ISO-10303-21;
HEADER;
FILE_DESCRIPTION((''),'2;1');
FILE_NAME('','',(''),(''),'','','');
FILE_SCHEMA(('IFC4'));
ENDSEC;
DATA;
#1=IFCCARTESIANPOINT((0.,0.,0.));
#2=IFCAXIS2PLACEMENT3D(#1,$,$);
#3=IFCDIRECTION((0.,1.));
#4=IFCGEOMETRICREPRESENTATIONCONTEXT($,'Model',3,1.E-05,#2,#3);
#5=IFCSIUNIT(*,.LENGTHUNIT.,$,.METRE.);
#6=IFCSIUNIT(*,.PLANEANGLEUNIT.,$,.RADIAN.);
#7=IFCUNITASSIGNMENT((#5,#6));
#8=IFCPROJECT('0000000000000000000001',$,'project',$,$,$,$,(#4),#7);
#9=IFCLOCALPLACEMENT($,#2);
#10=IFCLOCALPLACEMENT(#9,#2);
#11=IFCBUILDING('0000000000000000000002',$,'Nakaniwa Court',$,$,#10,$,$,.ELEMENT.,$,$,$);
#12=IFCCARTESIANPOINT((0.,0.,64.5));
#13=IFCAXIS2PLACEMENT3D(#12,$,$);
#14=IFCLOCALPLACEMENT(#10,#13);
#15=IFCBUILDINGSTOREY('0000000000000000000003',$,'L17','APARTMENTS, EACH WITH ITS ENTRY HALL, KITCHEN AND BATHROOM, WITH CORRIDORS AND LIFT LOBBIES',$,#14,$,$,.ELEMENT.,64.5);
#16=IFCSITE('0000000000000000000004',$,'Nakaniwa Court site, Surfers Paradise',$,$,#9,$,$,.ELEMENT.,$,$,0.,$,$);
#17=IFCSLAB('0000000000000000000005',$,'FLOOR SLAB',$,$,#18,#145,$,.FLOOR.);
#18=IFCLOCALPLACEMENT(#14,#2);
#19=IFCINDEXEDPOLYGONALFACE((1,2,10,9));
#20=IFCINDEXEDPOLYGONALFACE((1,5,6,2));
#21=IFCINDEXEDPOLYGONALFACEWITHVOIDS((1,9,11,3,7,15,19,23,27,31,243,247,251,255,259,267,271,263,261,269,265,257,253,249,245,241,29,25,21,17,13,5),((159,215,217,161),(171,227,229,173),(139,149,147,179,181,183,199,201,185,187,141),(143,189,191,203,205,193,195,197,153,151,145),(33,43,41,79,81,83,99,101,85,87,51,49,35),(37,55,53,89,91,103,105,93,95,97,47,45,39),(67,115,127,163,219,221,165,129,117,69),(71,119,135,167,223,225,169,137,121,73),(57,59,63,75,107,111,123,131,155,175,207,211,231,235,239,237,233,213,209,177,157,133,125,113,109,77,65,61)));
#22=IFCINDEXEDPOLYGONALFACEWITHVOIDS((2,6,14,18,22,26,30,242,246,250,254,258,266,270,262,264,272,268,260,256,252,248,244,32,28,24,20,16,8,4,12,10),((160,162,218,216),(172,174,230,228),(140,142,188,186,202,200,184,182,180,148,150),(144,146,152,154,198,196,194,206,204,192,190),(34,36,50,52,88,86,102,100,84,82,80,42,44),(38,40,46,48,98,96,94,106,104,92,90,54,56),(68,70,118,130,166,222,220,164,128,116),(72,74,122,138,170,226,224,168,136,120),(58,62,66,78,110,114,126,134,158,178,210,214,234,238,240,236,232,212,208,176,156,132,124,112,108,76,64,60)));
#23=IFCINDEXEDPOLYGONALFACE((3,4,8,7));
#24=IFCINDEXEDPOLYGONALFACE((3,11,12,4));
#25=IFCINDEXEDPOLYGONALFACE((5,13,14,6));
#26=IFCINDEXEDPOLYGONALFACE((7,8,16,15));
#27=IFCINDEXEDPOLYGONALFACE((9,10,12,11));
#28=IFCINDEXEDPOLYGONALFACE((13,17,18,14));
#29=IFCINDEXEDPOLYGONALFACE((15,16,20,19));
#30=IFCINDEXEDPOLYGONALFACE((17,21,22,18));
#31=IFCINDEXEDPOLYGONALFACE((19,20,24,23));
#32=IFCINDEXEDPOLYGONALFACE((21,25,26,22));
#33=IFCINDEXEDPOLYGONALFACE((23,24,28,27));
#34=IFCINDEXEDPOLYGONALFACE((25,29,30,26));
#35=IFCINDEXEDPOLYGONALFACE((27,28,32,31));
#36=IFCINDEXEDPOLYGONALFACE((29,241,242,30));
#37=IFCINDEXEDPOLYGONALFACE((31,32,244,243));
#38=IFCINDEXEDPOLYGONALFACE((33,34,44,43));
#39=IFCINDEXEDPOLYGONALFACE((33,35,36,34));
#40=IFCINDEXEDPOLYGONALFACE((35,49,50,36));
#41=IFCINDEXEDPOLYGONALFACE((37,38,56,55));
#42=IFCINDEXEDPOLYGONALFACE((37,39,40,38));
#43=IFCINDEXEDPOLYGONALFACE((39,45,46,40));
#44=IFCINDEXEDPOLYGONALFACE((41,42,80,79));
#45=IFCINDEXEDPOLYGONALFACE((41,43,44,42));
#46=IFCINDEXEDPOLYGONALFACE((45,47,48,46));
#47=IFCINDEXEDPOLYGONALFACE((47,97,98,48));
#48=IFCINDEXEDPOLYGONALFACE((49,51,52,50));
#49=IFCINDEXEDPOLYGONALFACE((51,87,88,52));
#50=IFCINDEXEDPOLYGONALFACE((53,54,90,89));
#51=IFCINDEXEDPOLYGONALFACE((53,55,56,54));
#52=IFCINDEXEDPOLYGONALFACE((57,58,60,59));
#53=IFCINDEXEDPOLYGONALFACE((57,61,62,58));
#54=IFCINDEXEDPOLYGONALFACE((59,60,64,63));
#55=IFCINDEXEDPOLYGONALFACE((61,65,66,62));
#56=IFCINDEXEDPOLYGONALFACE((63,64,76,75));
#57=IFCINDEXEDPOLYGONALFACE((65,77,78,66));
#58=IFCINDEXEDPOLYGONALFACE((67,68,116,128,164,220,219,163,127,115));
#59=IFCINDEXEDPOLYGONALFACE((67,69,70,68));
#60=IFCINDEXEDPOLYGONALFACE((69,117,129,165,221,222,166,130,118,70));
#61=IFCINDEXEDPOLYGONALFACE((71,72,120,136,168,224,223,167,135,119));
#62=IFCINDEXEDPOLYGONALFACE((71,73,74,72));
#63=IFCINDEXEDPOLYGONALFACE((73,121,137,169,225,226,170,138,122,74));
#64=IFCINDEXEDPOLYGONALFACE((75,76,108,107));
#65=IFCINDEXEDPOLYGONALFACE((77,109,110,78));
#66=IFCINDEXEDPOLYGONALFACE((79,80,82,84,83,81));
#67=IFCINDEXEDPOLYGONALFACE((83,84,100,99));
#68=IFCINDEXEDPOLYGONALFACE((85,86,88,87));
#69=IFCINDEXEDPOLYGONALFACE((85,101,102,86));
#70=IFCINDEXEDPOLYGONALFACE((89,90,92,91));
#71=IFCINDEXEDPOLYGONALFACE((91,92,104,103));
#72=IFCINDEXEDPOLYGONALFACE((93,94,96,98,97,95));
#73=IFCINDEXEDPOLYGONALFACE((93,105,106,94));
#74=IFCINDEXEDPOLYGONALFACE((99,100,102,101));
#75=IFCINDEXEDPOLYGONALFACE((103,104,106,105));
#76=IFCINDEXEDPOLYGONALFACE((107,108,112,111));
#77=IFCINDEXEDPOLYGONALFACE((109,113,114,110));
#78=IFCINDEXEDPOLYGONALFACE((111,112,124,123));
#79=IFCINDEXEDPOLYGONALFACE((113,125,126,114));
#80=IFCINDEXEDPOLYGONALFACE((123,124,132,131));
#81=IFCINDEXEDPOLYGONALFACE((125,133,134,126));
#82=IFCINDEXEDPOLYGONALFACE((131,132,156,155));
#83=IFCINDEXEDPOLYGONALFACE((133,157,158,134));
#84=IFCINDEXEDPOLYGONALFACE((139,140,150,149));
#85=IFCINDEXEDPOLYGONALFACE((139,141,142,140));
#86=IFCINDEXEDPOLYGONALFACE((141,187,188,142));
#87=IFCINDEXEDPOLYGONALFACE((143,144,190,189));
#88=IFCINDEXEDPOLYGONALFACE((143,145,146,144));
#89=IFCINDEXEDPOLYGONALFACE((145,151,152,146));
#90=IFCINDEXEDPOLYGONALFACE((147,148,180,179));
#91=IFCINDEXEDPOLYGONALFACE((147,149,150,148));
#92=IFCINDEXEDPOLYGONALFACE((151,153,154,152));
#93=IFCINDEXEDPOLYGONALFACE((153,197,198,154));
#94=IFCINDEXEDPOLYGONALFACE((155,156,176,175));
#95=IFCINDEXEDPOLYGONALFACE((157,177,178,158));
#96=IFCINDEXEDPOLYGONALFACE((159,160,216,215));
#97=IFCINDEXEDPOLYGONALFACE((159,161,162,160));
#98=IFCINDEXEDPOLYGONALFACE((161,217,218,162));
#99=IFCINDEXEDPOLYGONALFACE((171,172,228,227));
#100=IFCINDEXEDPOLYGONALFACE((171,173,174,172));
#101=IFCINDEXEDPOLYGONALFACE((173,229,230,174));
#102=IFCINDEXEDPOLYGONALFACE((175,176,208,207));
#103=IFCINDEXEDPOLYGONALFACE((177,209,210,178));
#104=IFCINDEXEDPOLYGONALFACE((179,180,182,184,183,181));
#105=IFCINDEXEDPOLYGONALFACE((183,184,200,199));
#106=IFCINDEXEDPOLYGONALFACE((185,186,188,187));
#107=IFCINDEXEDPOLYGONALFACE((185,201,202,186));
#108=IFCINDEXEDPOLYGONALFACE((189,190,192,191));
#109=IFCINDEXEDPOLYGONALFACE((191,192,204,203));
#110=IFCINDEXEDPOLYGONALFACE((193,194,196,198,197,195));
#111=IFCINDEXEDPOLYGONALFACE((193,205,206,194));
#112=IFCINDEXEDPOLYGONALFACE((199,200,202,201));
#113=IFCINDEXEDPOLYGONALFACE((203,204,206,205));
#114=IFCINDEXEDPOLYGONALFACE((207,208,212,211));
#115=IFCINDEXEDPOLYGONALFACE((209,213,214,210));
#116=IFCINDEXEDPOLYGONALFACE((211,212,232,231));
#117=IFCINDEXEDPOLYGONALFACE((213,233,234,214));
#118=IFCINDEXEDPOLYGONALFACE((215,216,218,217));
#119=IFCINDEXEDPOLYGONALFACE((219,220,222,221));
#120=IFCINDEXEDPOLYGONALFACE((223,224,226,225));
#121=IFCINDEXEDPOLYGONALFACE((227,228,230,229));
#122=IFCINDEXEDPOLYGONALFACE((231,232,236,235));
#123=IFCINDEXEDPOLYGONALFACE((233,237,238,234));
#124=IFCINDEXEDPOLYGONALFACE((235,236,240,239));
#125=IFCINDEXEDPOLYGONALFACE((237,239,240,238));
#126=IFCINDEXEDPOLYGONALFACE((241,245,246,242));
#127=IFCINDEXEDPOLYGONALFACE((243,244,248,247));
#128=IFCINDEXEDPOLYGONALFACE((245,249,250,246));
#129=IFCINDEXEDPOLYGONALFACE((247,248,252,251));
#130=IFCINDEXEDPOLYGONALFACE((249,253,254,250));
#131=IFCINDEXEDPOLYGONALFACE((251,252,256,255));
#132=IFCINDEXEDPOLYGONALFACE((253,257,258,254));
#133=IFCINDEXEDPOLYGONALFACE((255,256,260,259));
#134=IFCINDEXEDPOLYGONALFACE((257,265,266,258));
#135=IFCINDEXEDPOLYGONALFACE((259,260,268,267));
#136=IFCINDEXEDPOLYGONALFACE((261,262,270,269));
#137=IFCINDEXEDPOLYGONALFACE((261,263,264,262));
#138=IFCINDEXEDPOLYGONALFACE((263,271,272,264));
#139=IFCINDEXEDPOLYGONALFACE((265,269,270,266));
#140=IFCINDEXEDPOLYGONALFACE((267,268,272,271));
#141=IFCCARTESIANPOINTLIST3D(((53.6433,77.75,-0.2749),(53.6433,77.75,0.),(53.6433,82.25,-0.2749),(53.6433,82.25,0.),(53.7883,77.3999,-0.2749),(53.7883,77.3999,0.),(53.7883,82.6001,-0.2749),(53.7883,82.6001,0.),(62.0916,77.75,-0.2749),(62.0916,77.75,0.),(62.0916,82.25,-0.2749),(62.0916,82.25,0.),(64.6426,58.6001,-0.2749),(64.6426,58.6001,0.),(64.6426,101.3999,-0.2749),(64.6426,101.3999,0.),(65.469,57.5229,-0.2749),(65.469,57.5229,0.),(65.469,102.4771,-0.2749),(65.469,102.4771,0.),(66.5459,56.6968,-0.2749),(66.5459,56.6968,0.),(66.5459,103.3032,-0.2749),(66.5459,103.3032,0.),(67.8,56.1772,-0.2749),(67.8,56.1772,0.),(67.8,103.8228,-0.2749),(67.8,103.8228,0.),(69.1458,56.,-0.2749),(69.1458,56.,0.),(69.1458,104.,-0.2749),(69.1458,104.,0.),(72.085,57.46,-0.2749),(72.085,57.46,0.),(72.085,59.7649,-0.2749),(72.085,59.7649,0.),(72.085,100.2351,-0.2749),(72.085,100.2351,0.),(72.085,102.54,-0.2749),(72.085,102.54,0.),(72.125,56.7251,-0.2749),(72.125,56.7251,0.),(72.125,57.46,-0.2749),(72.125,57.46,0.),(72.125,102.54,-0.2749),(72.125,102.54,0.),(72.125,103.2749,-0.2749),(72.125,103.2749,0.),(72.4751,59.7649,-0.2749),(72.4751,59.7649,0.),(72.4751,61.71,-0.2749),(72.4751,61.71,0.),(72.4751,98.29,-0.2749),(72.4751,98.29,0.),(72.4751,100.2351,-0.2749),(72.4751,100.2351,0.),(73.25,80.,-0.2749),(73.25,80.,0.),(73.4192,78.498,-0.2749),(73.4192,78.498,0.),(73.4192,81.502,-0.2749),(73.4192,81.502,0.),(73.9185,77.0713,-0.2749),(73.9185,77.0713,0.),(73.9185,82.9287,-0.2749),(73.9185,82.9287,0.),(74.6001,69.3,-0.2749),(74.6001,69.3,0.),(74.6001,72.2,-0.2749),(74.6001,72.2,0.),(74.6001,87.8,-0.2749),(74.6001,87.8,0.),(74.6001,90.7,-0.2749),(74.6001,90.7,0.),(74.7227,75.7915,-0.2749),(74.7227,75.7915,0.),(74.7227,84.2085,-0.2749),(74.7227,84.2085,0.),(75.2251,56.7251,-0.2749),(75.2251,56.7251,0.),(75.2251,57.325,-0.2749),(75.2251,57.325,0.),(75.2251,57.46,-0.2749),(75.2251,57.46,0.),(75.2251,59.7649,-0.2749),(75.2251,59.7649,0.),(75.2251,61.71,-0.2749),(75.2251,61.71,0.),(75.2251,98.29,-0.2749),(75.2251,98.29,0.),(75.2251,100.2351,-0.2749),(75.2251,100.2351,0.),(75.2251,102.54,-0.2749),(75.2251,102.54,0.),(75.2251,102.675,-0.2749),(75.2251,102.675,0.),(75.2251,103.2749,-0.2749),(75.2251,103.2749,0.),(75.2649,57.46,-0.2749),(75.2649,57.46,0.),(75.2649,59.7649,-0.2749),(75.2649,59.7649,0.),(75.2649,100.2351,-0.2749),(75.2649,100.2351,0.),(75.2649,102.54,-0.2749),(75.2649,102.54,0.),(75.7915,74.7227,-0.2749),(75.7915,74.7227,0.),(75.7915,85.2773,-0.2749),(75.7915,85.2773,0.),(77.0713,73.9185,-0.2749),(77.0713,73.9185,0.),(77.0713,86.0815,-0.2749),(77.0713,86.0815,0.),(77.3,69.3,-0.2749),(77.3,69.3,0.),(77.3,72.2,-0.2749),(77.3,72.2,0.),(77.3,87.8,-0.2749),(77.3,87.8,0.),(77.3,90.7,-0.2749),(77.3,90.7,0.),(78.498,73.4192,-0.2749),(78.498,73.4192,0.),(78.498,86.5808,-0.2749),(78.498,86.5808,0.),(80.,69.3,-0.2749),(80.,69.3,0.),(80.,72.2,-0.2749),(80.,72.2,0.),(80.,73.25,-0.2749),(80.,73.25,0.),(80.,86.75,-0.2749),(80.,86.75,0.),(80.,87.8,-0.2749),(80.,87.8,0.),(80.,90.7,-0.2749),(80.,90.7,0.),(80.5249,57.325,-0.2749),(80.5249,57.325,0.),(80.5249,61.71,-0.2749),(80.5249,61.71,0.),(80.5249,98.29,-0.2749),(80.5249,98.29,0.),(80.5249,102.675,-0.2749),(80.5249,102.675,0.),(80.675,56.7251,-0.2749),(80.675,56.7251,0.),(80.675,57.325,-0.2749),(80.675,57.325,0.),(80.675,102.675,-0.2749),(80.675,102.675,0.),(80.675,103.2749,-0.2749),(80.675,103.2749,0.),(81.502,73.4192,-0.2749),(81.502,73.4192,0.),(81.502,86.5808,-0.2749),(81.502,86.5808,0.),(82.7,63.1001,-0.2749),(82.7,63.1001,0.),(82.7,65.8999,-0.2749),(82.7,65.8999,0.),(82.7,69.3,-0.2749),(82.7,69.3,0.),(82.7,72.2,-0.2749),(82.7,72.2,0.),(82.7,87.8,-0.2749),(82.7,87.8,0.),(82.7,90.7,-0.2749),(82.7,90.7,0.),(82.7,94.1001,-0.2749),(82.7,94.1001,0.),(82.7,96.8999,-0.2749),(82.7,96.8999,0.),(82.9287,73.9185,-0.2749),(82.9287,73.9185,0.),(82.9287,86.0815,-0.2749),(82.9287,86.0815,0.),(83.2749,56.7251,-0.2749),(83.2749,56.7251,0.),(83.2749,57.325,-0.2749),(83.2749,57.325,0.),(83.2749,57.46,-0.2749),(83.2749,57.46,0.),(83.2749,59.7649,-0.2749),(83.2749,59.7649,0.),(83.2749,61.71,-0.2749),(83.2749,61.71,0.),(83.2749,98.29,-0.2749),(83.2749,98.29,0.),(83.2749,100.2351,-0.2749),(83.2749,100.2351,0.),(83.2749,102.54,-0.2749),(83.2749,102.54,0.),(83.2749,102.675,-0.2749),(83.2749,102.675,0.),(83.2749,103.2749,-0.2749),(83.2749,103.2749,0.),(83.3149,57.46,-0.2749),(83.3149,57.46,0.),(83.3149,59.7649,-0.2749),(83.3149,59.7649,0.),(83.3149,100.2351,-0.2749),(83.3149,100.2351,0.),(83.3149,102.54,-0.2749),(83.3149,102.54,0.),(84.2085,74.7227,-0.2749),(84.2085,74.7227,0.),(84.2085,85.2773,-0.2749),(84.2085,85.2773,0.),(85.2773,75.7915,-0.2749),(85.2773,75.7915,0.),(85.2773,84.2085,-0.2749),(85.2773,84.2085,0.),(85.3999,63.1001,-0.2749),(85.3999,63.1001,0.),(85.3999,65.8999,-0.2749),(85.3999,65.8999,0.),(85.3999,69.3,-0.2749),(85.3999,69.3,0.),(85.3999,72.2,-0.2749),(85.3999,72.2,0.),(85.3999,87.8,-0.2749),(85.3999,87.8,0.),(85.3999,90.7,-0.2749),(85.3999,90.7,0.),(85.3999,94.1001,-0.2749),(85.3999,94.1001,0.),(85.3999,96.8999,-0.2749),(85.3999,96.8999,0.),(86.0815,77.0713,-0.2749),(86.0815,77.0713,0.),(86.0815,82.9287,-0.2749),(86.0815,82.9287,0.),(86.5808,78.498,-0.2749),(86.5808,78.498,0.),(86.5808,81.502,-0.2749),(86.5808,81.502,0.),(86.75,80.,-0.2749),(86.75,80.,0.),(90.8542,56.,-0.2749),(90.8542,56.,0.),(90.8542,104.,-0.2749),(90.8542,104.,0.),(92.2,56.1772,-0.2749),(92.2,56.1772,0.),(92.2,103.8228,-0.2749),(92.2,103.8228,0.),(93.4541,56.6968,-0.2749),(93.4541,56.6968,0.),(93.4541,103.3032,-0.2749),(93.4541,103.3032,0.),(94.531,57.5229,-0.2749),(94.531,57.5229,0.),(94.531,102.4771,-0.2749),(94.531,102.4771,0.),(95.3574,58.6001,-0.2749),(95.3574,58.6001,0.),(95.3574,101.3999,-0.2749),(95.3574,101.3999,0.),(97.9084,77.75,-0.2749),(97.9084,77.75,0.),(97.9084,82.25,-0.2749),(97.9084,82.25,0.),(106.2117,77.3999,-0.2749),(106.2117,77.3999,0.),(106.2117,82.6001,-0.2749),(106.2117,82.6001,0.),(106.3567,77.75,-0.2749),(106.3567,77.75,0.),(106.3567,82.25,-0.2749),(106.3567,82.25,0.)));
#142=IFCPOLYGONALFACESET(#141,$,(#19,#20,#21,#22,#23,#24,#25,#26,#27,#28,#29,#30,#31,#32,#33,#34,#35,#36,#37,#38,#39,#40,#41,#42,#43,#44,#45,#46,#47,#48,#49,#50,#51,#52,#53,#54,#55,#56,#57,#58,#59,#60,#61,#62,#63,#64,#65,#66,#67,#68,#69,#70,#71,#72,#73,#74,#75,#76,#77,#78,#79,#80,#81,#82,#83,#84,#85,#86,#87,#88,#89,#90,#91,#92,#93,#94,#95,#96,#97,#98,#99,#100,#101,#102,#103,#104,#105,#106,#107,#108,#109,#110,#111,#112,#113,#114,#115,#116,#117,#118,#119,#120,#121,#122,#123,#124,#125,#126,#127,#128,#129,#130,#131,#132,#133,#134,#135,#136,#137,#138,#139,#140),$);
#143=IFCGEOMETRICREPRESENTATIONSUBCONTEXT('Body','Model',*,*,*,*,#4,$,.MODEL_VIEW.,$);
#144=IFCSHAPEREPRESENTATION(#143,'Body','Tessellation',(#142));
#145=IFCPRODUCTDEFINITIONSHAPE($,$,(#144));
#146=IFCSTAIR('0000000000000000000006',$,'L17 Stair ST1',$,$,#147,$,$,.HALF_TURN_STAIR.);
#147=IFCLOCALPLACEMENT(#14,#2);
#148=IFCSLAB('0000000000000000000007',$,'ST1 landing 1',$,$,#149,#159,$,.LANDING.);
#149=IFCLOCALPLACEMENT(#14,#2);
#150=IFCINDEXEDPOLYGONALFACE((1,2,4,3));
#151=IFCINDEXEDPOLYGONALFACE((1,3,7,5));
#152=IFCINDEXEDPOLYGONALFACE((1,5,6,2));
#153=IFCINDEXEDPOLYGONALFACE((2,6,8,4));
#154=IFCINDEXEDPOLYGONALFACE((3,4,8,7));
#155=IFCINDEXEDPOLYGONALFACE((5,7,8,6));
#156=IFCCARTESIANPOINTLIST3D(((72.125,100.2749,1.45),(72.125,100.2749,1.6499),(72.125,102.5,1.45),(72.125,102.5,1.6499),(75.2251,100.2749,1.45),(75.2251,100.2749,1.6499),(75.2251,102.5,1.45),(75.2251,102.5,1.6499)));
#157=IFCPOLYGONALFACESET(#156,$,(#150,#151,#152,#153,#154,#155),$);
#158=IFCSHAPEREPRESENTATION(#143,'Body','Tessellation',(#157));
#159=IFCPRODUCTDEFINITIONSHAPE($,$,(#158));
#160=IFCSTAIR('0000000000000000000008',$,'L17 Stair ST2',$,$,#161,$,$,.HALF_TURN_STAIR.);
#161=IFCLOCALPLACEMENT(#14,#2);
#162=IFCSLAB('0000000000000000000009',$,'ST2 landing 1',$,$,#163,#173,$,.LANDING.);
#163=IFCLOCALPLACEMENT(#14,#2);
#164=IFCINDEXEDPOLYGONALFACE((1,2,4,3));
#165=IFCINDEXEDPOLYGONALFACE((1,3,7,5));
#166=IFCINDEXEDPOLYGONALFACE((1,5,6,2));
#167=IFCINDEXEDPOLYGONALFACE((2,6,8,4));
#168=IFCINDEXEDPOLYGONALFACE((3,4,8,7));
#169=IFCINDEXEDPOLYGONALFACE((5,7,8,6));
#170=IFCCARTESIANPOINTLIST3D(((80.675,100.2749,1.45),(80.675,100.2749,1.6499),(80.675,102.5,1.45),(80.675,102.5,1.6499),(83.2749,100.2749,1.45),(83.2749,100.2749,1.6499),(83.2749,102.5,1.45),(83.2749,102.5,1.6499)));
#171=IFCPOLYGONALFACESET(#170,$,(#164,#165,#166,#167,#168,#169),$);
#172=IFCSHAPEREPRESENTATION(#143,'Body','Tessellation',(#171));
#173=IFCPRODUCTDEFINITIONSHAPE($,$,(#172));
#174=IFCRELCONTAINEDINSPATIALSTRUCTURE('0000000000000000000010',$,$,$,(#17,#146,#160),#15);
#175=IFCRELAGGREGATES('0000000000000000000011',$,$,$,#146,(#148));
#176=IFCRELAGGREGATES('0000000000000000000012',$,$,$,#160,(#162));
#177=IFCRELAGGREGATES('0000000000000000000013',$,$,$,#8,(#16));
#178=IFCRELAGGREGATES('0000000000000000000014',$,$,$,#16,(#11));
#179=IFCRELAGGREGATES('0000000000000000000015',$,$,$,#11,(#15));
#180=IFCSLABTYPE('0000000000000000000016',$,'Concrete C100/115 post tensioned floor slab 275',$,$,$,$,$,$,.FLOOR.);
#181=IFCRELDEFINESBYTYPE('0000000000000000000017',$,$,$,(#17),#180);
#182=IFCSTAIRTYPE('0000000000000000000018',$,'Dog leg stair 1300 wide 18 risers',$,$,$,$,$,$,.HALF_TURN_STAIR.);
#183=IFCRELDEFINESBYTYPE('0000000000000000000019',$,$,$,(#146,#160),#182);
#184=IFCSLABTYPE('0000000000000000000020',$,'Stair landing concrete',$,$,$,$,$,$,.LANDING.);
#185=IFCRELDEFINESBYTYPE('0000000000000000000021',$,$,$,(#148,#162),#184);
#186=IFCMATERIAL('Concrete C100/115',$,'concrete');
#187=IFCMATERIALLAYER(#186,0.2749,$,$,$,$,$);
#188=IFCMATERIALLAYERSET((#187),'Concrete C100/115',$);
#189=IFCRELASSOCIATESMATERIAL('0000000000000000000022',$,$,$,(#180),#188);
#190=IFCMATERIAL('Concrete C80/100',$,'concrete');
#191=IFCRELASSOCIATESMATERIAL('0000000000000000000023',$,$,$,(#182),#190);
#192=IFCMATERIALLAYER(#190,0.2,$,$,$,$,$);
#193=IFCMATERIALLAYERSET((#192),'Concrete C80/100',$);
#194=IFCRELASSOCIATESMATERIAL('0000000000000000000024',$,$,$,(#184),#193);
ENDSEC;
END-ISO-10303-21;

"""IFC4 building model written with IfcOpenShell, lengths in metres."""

from ifc_helpers import new_model, si_unit, direction, frame, origin, place, context, subcontext, project, spatial, polyline, outline, extrude, material, layer, layer_set, type_object, element, aggregate, save


model = new_model("IFC4")

# Units and contexts
model_context = context("Model", 3, precision=1e-05, world=origin(), true_north=direction((0.0, 1.0)))
body_context = subcontext(model_context, "Body", "Model", "MODEL_VIEW")
ifc_project = project(units=[si_unit("LENGTHUNIT", "METRE"), si_unit("PLANEANGLEUNIT", "RADIAN")], contexts=[model_context])

# Site, building, storey
site_placement = place(None, origin())
site = spatial("IfcSite", under=ifc_project, at=site_placement, Name="Nakaniwa Court site, Surfers Paradise", CompositionType="ELEMENT", RefElevation=0.0)
building_placement = place(site_placement, origin())
building = spatial("IfcBuilding", under=site, at=building_placement, Name="Nakaniwa Court", CompositionType="ELEMENT")
storey_placement = place(building_placement, frame((0.0, 0.0, 64.5)))
storey = spatial("IfcBuildingStorey", under=building, at=storey_placement, Name="L17", Description="APARTMENTS, EACH WITH ITS ENTRY HALL, KITCHEN AND BATHROOM, WITH CORRIDORS AND LIFT LOBBIES", CompositionType="ELEMENT", Elevation=64.5)

# Shared definitions
ifc_material_1 = material(Name="Concrete C100/115", Category="concrete")

# Slab
ifc_layer_1 = layer(ifc_material_1, 0.2749)
ifc_layer_set_1 = layer_set([ifc_layer_1], Name="Concrete C100/115")
slab_type_1 = type_object("IfcSlabType", Name="Concrete C100/115 post tensioned floor slab 275", PredefinedType="FLOOR", material=ifc_layer_set_1)
slab_1_placement = place(storey_placement, frame((0.0, 0.0, -0.2749)))
element("IfcSlab", 1, at=slab_1_placement, inside=storey, type_object=slab_type_1, Name="FLOOR SLAB", PredefinedType="FLOOR", context=body_context, shape_type="SweptSolid", body=[
    extrude(outline(polyline([(97.9084, 82.25), (106.3567, 82.25), (106.2117, 82.6001), (95.3574, 101.3999), (94.531, 102.4771), (93.4541, 103.3032), (92.2, 103.8228), (90.8542, 104.0), (69.1458, 104.0), (67.8, 103.8228), (66.5459, 103.3032), (65.469, 102.4771), (64.6426, 101.3999), (53.7883, 82.6001), (53.6433, 82.25), (62.0916, 82.25), (62.0916, 77.75), (53.6433, 77.75), (53.7883, 77.3999), (64.6426, 58.6001), (65.469, 57.5229), (66.5459, 56.6968), (67.8, 56.1772), (69.1458, 56.0), (90.8542, 56.0), (92.2, 56.1772), (93.4541, 56.6968), (94.531, 57.5229), (95.3574, 58.6001), (106.2117, 77.3999), (106.3567, 77.75), (97.9084, 77.75), (97.9084, 82.25)]), holes=[polyline([(81.502, 86.5808), (80.0, 86.75), (78.498, 86.5808), (77.0713, 86.0815), (75.7915, 85.2773), (74.7227, 84.2085), (73.9185, 82.9287), (73.4192, 81.502), (73.25, 80.0), (73.4192, 78.498), (73.9185, 77.0713), (74.7227, 75.7915), (75.7915, 74.7227), (77.0713, 73.9185), (78.498, 73.4192), (80.0, 73.25), (81.502, 73.4192), (82.9287, 73.9185), (84.2085, 74.7227), (85.2773, 75.7915), (86.0815, 77.0713), (86.5808, 78.498), (86.75, 80.0), (86.5808, 81.502), (86.0815, 82.9287), (85.2773, 84.2085), (84.2085, 85.2773), (82.9287, 86.0815), (81.502, 86.5808)]), polyline([(75.2649, 57.46), (75.2649, 59.7649), (75.2251, 59.7649), (75.2251, 61.71), (72.4751, 61.71), (72.4751, 59.7649), (72.085, 59.7649), (72.085, 57.46), (72.125, 57.46), (72.125, 56.7251), (75.2251, 56.7251), (75.2251, 57.325), (75.2251, 57.46), (75.2649, 57.46)]), polyline([(80.0, 69.3), (82.7, 69.3), (85.3999, 69.3), (85.3999, 72.2), (82.7, 72.2), (80.0, 72.2), (77.3, 72.2), (74.6001, 72.2), (74.6001, 69.3), (77.3, 69.3), (80.0, 69.3)]), polyline([(80.0, 87.8), (82.7, 87.8), (85.3999, 87.8), (85.3999, 90.7), (82.7, 90.7), (80.0, 90.7), (77.3, 90.7), (74.6001, 90.7), (74.6001, 87.8), (77.3, 87.8), (80.0, 87.8)]), polyline([(75.2649, 100.2351), (75.2649, 102.54), (75.2251, 102.54), (75.2251, 102.675), (75.2251, 103.2749), (72.125, 103.2749), (72.125, 102.54), (72.085, 102.54), (72.085, 100.2351), (72.4751, 100.2351), (72.4751, 98.29), (75.2251, 98.29), (75.2251, 100.2351), (75.2649, 100.2351)]), polyline([(83.2749, 61.71), (80.5249, 61.71), (80.5249, 57.325), (80.675, 57.325), (80.675, 56.7251), (83.2749, 56.7251), (83.2749, 57.325), (83.2749, 57.46), (83.3149, 57.46), (83.3149, 59.7649), (83.2749, 59.7649), (83.2749, 61.71)]), polyline([(85.3999, 65.8999), (82.7, 65.8999), (82.7, 63.1001), (85.3999, 63.1001), (85.3999, 65.8999)]), polyline([(85.3999, 96.8999), (82.7, 96.8999), (82.7, 94.1001), (85.3999, 94.1001), (85.3999, 96.8999)]), polyline([(83.2749, 100.2351), (83.3149, 100.2351), (83.3149, 102.54), (83.2749, 102.54), (83.2749, 102.675), (83.2749, 103.2749), (80.675, 103.2749), (80.675, 102.675), (80.5249, 102.675), (80.5249, 98.29), (83.2749, 98.29), (83.2749, 100.2351)])]), origin(), (0.0, 0.0, 1.0), 0.2749),
])

# Stairs, slabs
ifc_material_2 = material(Name="Concrete C80/100", Category="concrete")
stair_type = type_object("IfcStairType", Name="Dog leg stair 1300 wide 18 risers", PredefinedType="HALF_TURN_STAIR", material=ifc_material_2)
stair_1_placement = place(storey_placement, origin())
stair_1 = element("IfcStair", 2, at=stair_1_placement, inside=storey, type_object=stair_type, Name="L17 Stair ST1", PredefinedType="HALF_TURN_STAIR")
ifc_layer_2 = layer(ifc_material_2, 0.2)
ifc_layer_set_2 = layer_set([ifc_layer_2], Name="Concrete C80/100")
slab_type_2 = type_object("IfcSlabType", Name="Stair landing concrete", PredefinedType="LANDING", material=ifc_layer_set_2)
slab_2_placement = place(storey_placement, frame((0.0, 0.0, 1.45)))
slab_2 = element("IfcSlab", 3, at=slab_2_placement, type_object=slab_type_2, Name="ST1 landing 1", PredefinedType="LANDING", context=body_context, shape_type="SweptSolid", body=[
    extrude(outline(polyline([(75.2251, 100.2749), (75.2251, 102.5), (72.125, 102.5), (72.125, 100.2749), (75.2251, 100.2749)])), origin(), (0.0, 0.0, 1.0), 0.2),
])
aggregate(stair_1, [slab_2])
stair_2_placement = place(storey_placement, origin())
stair_2 = element("IfcStair", 4, at=stair_2_placement, inside=storey, type_object=stair_type, Name="L17 Stair ST2", PredefinedType="HALF_TURN_STAIR")
slab_3_placement = place(storey_placement, frame((0.0, 0.0, 1.45)))
slab_3 = element("IfcSlab", 5, at=slab_3_placement, type_object=slab_type_2, Name="ST2 landing 1", PredefinedType="LANDING", context=body_context, shape_type="SweptSolid", body=[
    extrude(outline(polyline([(83.2749, 100.2749), (83.2749, 102.5), (80.675, 102.5), (80.675, 100.2749), (83.2749, 100.2749)])), origin(), (0.0, 0.0, 1.0), 0.2),
])
aggregate(stair_2, [slab_3])

save(model, "model.ifc")
